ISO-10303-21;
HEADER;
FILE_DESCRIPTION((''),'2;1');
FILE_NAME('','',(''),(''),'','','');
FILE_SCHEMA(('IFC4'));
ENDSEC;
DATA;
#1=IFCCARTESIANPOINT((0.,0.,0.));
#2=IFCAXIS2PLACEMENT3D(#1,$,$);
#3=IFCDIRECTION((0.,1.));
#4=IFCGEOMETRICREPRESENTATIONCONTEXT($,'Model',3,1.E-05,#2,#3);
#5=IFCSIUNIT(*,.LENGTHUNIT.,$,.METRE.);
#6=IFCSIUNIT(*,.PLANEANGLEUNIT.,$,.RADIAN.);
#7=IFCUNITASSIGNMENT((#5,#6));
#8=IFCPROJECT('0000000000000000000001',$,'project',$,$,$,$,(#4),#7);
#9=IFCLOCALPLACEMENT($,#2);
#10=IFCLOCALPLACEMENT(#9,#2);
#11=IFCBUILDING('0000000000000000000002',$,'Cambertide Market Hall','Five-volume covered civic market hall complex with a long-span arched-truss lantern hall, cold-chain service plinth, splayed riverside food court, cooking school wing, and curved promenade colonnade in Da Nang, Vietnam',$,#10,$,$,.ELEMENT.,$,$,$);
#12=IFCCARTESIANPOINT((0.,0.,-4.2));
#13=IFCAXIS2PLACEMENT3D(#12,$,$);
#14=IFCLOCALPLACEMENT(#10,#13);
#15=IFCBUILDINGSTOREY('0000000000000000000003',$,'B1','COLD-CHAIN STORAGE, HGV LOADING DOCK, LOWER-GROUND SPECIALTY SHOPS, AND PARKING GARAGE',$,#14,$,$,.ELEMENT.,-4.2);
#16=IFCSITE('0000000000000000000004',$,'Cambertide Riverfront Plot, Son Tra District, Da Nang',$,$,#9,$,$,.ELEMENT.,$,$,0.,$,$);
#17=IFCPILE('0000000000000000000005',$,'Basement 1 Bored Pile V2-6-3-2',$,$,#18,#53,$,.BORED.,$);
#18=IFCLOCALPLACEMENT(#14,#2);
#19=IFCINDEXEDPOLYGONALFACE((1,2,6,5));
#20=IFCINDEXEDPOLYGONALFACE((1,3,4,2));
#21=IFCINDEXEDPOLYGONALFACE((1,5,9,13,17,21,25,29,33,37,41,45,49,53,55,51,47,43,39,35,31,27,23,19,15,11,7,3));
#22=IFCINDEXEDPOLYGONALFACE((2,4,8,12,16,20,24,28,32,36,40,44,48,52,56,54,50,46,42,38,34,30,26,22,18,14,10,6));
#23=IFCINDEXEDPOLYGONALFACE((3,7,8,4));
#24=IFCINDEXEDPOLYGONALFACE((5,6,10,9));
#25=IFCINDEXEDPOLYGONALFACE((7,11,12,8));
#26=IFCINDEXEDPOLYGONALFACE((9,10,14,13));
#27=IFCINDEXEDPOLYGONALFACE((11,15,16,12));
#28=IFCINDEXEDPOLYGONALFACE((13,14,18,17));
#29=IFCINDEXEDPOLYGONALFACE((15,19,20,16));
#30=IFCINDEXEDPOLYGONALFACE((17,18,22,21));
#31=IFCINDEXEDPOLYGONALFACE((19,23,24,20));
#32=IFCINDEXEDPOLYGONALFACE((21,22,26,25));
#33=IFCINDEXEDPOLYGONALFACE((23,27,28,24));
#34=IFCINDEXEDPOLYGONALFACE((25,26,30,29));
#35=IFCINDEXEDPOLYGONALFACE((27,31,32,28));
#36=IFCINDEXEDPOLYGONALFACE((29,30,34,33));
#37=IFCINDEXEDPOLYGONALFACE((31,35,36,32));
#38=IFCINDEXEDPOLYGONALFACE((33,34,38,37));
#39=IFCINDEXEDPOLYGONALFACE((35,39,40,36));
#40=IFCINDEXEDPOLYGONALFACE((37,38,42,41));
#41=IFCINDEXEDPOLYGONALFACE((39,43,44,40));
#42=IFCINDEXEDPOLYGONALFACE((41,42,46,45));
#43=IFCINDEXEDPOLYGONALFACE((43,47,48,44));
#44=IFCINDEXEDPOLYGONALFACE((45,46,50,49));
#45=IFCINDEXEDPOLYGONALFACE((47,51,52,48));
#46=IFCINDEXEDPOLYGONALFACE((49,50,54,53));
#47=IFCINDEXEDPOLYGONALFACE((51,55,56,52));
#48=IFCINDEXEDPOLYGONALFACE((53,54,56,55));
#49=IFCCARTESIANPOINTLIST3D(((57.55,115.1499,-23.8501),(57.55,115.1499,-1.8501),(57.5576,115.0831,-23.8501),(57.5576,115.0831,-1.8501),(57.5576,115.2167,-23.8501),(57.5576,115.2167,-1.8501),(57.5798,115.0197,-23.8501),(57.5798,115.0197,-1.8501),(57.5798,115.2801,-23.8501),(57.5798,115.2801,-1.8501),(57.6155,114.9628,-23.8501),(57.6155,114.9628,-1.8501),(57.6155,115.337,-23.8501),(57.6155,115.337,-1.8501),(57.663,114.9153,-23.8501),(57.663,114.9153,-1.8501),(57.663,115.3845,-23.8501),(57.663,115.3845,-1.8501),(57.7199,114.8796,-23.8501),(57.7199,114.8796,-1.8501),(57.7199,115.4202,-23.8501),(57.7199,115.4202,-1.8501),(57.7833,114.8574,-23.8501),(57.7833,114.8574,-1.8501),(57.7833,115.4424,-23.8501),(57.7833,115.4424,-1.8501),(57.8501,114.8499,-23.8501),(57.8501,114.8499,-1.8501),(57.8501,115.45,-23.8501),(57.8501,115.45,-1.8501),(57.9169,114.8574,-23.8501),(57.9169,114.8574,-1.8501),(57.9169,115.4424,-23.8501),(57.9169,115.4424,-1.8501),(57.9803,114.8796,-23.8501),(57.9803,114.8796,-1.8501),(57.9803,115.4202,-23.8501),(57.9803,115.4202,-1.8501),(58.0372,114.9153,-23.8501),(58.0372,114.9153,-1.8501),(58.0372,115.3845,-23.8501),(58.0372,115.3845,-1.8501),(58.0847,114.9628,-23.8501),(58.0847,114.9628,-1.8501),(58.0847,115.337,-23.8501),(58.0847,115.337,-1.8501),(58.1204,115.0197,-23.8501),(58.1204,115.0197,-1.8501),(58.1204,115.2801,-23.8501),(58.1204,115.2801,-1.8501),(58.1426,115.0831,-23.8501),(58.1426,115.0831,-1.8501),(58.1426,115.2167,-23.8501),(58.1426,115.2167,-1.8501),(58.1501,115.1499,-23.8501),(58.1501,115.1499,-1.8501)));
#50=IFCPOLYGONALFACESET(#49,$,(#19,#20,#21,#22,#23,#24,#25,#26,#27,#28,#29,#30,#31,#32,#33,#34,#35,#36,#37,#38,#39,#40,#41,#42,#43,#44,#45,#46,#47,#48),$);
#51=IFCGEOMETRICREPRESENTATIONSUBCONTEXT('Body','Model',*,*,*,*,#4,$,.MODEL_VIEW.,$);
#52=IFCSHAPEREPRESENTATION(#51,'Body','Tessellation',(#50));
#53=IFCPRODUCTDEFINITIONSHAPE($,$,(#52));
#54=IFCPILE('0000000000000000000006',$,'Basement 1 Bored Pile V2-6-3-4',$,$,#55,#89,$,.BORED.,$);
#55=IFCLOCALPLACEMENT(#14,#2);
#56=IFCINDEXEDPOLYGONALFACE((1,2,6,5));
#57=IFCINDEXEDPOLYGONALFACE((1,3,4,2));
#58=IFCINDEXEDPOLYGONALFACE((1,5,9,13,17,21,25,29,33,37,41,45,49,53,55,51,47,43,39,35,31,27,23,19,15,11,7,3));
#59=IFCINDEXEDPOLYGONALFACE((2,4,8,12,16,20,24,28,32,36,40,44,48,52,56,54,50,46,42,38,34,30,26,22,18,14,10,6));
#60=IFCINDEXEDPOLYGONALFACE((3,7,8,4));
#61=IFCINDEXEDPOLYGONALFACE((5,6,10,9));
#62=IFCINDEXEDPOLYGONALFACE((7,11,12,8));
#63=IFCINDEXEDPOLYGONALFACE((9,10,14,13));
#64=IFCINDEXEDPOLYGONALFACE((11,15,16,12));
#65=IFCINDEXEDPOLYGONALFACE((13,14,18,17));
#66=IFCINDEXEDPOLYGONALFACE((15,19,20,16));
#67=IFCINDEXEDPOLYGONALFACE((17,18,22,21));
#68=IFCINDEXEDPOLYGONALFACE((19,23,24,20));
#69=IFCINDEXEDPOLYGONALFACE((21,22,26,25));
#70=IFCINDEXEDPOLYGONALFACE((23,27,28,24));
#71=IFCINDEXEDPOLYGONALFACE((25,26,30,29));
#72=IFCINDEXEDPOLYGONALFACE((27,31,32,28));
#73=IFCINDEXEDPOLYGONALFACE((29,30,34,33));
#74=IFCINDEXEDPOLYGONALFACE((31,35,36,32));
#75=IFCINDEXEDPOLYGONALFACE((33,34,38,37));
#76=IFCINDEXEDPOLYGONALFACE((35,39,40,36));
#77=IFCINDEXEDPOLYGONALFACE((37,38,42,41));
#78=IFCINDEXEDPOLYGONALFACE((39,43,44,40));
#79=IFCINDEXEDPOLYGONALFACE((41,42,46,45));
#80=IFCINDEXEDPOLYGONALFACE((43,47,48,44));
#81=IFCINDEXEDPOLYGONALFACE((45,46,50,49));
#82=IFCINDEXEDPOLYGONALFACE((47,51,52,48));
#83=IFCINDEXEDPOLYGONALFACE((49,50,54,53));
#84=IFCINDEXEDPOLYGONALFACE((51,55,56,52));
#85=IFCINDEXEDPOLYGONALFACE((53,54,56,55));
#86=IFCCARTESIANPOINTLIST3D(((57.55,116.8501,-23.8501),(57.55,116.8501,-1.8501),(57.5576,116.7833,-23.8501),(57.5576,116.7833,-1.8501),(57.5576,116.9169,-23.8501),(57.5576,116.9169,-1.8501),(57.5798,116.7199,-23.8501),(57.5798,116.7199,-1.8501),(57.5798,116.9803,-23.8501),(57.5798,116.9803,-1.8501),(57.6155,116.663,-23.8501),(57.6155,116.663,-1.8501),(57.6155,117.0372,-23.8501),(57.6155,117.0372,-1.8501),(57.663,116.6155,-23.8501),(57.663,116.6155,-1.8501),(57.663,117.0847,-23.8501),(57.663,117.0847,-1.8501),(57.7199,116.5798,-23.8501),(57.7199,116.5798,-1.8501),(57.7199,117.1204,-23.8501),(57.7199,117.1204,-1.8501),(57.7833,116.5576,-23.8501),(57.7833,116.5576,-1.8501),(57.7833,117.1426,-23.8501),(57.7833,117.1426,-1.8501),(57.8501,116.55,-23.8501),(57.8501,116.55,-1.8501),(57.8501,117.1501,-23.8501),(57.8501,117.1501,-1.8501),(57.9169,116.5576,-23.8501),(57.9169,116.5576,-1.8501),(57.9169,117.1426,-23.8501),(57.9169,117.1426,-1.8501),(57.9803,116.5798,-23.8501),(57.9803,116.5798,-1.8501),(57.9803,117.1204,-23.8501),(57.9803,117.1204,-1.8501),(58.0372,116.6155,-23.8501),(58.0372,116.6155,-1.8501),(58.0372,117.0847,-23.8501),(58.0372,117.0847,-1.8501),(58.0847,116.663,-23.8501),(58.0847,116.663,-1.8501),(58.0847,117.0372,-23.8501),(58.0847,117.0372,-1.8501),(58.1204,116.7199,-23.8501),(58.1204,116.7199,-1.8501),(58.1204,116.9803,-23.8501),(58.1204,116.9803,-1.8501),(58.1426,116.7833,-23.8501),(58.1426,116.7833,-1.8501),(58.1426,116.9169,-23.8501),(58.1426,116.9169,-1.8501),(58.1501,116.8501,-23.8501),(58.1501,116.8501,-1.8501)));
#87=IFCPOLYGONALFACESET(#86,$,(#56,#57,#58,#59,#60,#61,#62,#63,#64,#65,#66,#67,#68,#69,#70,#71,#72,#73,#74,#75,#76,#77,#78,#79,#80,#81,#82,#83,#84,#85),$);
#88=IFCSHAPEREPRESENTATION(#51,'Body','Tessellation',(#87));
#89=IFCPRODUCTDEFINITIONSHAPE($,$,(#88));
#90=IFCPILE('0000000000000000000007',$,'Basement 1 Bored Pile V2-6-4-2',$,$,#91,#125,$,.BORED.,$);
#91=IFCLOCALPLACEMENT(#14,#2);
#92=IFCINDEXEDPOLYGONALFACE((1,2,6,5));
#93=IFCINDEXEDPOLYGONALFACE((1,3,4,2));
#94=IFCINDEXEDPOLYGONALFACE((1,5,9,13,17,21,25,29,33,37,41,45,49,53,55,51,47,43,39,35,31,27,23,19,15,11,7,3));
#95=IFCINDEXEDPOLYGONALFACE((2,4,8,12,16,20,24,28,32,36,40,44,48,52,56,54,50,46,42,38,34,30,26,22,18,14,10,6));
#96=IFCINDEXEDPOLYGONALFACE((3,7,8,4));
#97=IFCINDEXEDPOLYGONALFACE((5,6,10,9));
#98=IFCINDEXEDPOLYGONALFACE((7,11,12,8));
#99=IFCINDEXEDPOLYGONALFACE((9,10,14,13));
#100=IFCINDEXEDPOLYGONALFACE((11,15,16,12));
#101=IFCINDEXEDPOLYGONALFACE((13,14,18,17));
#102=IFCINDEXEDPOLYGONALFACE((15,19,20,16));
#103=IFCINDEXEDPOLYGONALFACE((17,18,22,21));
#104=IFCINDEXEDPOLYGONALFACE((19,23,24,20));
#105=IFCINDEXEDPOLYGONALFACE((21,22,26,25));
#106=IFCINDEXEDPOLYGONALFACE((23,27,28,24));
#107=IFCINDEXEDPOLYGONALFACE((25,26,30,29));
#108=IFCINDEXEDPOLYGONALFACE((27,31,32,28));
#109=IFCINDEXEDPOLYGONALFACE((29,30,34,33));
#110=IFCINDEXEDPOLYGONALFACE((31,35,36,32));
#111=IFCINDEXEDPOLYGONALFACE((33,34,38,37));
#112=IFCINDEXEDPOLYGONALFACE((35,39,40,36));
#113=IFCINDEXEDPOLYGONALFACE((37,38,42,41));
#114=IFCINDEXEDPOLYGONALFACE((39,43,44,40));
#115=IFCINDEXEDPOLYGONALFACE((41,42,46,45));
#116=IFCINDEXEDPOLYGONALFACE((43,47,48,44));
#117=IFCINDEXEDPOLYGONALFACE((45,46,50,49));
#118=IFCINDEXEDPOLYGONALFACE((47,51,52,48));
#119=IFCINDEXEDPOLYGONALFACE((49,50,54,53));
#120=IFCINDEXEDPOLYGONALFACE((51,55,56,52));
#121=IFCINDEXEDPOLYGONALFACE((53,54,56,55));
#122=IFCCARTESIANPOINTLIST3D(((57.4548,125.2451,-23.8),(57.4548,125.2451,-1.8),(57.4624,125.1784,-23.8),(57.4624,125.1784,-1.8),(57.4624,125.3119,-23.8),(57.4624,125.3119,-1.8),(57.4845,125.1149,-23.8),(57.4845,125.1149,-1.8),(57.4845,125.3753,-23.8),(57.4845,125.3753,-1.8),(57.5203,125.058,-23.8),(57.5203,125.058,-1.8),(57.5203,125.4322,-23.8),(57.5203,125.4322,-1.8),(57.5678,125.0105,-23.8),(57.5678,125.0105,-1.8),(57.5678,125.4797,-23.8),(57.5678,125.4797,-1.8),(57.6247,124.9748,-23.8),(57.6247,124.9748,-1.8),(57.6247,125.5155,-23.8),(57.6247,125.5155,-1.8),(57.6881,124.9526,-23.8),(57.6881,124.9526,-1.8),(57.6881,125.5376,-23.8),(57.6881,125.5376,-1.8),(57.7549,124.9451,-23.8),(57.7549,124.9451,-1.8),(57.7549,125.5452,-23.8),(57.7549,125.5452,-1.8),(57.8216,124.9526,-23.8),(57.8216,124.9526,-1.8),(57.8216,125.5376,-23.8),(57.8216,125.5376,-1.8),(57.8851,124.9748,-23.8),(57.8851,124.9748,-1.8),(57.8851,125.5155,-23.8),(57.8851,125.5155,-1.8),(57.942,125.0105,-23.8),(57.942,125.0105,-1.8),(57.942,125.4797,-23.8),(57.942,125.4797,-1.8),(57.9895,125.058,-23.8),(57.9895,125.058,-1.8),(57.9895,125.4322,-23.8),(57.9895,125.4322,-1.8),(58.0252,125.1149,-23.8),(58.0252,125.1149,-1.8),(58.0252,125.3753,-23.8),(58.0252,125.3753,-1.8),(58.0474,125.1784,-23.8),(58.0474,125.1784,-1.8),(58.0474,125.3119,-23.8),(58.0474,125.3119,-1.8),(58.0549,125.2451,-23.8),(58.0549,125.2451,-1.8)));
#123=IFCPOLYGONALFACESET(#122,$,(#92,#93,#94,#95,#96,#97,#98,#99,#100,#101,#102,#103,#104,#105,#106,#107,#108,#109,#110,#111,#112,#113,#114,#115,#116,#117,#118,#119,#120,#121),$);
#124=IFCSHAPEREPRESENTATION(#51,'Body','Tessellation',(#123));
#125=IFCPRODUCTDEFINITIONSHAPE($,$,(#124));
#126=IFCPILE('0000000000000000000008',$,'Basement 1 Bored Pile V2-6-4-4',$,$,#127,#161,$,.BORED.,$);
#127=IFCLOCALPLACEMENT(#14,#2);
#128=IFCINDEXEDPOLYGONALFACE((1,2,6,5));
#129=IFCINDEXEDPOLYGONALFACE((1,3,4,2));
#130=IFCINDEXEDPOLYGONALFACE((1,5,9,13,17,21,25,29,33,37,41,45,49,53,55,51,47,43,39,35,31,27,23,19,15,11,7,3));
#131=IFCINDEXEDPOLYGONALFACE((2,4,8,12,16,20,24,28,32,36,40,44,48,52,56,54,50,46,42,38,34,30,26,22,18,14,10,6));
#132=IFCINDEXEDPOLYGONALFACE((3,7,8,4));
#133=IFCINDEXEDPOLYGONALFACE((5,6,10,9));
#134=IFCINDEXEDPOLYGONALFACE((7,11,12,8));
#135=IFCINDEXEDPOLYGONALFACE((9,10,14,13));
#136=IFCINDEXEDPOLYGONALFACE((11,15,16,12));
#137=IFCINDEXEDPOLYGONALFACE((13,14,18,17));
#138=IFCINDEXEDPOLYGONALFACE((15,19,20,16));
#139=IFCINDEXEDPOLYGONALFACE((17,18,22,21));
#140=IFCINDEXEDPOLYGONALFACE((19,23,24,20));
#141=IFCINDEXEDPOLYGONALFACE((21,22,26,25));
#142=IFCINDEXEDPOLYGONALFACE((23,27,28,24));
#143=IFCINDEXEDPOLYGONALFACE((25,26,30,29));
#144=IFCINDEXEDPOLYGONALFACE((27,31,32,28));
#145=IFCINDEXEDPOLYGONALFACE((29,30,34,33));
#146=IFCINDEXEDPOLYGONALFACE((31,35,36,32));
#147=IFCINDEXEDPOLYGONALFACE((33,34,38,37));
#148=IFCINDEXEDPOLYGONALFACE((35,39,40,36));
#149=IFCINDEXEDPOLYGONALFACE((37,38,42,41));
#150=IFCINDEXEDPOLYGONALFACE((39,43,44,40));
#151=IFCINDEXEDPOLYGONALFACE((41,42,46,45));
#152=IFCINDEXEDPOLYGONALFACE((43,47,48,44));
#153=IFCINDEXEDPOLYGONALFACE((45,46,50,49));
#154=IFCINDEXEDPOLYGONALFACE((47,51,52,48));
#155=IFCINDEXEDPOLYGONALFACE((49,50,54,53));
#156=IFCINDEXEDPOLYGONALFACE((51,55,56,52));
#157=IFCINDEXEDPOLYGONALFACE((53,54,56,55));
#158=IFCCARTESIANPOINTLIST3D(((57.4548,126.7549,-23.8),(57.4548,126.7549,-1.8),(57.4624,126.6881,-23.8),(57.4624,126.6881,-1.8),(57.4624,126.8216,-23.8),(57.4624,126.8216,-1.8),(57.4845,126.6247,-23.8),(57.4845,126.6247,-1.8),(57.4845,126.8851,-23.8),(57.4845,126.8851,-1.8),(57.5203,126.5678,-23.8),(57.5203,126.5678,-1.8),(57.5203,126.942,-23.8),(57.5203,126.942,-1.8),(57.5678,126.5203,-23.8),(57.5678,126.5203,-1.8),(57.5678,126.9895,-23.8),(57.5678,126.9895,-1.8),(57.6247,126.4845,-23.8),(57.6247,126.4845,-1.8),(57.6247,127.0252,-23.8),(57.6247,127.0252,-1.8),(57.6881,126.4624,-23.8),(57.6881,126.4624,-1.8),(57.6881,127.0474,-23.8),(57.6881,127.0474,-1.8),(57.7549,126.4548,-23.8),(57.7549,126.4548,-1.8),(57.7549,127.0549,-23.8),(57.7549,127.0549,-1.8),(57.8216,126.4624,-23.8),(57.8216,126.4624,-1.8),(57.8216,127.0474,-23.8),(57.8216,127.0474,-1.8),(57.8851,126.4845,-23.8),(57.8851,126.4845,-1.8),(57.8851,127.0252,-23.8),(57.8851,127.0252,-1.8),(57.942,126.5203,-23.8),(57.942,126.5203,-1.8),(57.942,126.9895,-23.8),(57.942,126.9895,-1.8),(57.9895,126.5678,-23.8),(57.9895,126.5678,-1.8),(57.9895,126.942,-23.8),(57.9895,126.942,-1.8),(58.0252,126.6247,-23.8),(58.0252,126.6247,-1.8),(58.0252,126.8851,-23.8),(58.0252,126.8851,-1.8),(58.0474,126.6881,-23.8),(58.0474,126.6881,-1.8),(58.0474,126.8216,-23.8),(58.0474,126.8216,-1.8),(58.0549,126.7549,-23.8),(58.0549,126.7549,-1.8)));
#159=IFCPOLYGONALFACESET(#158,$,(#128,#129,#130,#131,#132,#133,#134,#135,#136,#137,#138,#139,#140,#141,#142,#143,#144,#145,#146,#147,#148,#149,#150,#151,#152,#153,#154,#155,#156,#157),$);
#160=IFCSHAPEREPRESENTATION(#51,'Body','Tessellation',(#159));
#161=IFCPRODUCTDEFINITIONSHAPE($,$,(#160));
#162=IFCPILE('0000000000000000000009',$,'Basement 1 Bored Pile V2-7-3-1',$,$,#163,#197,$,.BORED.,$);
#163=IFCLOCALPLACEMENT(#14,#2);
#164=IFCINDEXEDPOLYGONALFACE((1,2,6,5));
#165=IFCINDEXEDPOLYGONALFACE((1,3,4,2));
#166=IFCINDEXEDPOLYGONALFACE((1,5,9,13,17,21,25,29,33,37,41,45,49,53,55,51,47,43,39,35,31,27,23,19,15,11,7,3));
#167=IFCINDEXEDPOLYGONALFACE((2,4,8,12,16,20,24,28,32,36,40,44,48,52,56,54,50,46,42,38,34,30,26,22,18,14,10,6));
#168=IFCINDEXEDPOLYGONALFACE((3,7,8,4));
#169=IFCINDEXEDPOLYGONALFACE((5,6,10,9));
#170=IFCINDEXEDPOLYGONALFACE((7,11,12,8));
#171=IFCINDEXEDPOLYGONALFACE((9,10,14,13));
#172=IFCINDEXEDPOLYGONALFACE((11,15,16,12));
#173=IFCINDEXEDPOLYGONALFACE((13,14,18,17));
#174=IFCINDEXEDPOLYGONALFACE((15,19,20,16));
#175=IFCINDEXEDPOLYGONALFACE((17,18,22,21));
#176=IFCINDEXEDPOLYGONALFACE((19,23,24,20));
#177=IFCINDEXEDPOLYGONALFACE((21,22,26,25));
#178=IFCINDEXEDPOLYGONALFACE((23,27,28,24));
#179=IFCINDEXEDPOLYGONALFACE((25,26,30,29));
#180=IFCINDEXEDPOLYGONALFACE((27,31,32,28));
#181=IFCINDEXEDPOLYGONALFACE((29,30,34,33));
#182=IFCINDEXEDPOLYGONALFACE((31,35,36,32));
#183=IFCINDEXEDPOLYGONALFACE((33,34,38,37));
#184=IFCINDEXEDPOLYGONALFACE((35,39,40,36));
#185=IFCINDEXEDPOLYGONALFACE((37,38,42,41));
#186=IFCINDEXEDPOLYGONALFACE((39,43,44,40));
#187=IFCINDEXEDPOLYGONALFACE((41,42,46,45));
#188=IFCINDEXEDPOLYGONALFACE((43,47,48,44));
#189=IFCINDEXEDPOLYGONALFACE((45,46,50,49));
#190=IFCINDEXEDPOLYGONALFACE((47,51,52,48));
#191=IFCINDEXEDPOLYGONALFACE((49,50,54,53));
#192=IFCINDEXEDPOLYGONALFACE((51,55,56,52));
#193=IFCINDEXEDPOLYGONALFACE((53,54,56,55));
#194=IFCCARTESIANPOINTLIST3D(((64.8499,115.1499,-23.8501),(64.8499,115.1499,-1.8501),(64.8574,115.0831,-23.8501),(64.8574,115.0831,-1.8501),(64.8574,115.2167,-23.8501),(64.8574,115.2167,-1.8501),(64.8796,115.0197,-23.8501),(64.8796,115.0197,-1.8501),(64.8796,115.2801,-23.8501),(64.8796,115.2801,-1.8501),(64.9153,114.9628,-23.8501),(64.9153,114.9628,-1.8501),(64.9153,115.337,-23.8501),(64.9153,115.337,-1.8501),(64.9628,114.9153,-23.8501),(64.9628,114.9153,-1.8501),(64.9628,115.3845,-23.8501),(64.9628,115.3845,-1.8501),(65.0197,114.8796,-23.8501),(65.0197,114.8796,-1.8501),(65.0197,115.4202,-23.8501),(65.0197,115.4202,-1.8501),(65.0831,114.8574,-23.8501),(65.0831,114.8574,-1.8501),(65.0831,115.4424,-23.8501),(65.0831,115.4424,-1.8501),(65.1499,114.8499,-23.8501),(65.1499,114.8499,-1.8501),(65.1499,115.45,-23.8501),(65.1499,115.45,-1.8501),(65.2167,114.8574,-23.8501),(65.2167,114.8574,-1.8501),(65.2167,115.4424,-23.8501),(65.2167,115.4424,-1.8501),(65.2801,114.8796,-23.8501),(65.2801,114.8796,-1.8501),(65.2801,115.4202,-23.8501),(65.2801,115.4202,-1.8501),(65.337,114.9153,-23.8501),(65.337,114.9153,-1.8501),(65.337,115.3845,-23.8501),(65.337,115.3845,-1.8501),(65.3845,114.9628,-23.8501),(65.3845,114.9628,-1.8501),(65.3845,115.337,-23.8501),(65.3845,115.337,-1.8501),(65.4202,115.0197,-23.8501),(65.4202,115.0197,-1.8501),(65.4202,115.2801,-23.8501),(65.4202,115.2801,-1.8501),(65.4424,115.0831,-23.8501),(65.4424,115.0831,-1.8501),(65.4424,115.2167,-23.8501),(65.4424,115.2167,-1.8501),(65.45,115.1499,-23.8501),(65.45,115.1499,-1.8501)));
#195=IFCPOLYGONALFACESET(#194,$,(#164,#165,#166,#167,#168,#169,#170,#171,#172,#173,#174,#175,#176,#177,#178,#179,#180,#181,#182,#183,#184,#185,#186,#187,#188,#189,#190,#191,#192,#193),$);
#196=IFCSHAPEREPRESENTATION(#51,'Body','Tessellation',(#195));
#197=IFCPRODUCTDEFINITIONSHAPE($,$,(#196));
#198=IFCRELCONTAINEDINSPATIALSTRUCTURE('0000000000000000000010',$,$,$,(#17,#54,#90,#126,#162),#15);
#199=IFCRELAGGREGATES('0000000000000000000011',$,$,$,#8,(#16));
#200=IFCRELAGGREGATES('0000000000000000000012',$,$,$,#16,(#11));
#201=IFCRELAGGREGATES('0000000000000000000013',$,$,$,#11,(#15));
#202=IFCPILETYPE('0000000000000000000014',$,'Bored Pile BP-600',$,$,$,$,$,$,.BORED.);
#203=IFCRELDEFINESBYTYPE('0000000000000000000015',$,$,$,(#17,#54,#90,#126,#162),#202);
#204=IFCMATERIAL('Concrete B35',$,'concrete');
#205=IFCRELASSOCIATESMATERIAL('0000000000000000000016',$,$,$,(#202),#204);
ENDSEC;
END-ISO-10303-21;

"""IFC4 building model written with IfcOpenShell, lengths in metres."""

from ifc_helpers import new_model, si_unit, direction, frame, origin, origin_2d, place, context, subcontext, project, spatial, circle, extrude, material, material_profile, profile_set, type_object, element, save


model = new_model("IFC4")

# Units and contexts
model_context = context("Model", 3, precision=1e-05, world=origin(), true_north=direction((0.0, 1.0)))
body_context = subcontext(model_context, "Body", "Model", "MODEL_VIEW")
ifc_project = project(units=[si_unit("LENGTHUNIT", "METRE"), si_unit("PLANEANGLEUNIT", "RADIAN")], contexts=[model_context])

# Site, building, storey
site_placement = place(None, origin())
site = spatial("IfcSite", under=ifc_project, at=site_placement, Name="Cambertide Riverfront Plot, Son Tra District, Da Nang", CompositionType="ELEMENT", RefElevation=0.0)
building_placement = place(site_placement, origin())
building = spatial("IfcBuilding", under=site, at=building_placement, Name="Cambertide Market Hall", Description="Five-volume covered civic market hall complex with a long-span arched-truss lantern hall, cold-chain service plinth, splayed riverside food court, cooking school wing, and curved promenade colonnade in Da Nang, Vietnam", CompositionType="ELEMENT")
storey_placement = place(building_placement, frame((0.0, 0.0, -4.2)))
storey = spatial("IfcBuildingStorey", under=building, at=storey_placement, Name="B1", Description="COLD-CHAIN STORAGE, HGV LOADING DOCK, LOWER-GROUND SPECIALTY SHOPS, AND PARKING GARAGE", CompositionType="ELEMENT", Elevation=-4.2)

# Piles
ifc_material_1 = material(Name="Concrete B35", Category="concrete")
ifc_material_profile_1 = material_profile(ifc_material_1, circle(Radius=0.3, at=origin_2d()), Name="BP D600")
ifc_profile_set_1 = profile_set([ifc_material_profile_1], Name="Concrete B35")
pile_type = type_object("IfcPileType", Name="Bored Pile BP-600", PredefinedType="BORED", material=ifc_profile_set_1)
for number, where, z_axis, x_axis, name in (
    (1, (57.8501, 115.1499, -1.8501), (0.0, 0.0, -1.0), (1.0, 0.0, 0.0), "Basement 1 Bored Pile V2-6-3-2"),
    (2, (57.8501, 116.8501, -1.8501), (0.0, 0.0, -1.0), (1.0, 0.0, 0.0), "Basement 1 Bored Pile V2-6-3-4"),
    (3, (57.7549, 125.2451, -1.8), (0.0, 0.0, -1.0), (1.0, 0.0, 0.0), "Basement 1 Bored Pile V2-6-4-2"),
    (4, (57.7549, 126.7549, -1.8), (0.0, 0.0, -1.0), (1.0, 0.0, 0.0), "Basement 1 Bored Pile V2-6-4-4"),
    (5, (65.1499, 115.1499, -1.8501), (0.0, 0.0, -1.0), (1.0, 0.0, 0.0), "Basement 1 Bored Pile V2-7-3-1"),
):
    element("IfcPile", number, at=place(storey_placement, frame(where, z_axis=z_axis, x_axis=x_axis)), inside=storey, type_object=pile_type, Name=name, PredefinedType="BORED", context=body_context, shape_type="SweptSolid", body=[
        extrude(circle(Radius=0.3, at=origin_2d()), origin(), (0.0, 0.0, 1.0), 22.0),
    ])

save(model, "model.ifc")
